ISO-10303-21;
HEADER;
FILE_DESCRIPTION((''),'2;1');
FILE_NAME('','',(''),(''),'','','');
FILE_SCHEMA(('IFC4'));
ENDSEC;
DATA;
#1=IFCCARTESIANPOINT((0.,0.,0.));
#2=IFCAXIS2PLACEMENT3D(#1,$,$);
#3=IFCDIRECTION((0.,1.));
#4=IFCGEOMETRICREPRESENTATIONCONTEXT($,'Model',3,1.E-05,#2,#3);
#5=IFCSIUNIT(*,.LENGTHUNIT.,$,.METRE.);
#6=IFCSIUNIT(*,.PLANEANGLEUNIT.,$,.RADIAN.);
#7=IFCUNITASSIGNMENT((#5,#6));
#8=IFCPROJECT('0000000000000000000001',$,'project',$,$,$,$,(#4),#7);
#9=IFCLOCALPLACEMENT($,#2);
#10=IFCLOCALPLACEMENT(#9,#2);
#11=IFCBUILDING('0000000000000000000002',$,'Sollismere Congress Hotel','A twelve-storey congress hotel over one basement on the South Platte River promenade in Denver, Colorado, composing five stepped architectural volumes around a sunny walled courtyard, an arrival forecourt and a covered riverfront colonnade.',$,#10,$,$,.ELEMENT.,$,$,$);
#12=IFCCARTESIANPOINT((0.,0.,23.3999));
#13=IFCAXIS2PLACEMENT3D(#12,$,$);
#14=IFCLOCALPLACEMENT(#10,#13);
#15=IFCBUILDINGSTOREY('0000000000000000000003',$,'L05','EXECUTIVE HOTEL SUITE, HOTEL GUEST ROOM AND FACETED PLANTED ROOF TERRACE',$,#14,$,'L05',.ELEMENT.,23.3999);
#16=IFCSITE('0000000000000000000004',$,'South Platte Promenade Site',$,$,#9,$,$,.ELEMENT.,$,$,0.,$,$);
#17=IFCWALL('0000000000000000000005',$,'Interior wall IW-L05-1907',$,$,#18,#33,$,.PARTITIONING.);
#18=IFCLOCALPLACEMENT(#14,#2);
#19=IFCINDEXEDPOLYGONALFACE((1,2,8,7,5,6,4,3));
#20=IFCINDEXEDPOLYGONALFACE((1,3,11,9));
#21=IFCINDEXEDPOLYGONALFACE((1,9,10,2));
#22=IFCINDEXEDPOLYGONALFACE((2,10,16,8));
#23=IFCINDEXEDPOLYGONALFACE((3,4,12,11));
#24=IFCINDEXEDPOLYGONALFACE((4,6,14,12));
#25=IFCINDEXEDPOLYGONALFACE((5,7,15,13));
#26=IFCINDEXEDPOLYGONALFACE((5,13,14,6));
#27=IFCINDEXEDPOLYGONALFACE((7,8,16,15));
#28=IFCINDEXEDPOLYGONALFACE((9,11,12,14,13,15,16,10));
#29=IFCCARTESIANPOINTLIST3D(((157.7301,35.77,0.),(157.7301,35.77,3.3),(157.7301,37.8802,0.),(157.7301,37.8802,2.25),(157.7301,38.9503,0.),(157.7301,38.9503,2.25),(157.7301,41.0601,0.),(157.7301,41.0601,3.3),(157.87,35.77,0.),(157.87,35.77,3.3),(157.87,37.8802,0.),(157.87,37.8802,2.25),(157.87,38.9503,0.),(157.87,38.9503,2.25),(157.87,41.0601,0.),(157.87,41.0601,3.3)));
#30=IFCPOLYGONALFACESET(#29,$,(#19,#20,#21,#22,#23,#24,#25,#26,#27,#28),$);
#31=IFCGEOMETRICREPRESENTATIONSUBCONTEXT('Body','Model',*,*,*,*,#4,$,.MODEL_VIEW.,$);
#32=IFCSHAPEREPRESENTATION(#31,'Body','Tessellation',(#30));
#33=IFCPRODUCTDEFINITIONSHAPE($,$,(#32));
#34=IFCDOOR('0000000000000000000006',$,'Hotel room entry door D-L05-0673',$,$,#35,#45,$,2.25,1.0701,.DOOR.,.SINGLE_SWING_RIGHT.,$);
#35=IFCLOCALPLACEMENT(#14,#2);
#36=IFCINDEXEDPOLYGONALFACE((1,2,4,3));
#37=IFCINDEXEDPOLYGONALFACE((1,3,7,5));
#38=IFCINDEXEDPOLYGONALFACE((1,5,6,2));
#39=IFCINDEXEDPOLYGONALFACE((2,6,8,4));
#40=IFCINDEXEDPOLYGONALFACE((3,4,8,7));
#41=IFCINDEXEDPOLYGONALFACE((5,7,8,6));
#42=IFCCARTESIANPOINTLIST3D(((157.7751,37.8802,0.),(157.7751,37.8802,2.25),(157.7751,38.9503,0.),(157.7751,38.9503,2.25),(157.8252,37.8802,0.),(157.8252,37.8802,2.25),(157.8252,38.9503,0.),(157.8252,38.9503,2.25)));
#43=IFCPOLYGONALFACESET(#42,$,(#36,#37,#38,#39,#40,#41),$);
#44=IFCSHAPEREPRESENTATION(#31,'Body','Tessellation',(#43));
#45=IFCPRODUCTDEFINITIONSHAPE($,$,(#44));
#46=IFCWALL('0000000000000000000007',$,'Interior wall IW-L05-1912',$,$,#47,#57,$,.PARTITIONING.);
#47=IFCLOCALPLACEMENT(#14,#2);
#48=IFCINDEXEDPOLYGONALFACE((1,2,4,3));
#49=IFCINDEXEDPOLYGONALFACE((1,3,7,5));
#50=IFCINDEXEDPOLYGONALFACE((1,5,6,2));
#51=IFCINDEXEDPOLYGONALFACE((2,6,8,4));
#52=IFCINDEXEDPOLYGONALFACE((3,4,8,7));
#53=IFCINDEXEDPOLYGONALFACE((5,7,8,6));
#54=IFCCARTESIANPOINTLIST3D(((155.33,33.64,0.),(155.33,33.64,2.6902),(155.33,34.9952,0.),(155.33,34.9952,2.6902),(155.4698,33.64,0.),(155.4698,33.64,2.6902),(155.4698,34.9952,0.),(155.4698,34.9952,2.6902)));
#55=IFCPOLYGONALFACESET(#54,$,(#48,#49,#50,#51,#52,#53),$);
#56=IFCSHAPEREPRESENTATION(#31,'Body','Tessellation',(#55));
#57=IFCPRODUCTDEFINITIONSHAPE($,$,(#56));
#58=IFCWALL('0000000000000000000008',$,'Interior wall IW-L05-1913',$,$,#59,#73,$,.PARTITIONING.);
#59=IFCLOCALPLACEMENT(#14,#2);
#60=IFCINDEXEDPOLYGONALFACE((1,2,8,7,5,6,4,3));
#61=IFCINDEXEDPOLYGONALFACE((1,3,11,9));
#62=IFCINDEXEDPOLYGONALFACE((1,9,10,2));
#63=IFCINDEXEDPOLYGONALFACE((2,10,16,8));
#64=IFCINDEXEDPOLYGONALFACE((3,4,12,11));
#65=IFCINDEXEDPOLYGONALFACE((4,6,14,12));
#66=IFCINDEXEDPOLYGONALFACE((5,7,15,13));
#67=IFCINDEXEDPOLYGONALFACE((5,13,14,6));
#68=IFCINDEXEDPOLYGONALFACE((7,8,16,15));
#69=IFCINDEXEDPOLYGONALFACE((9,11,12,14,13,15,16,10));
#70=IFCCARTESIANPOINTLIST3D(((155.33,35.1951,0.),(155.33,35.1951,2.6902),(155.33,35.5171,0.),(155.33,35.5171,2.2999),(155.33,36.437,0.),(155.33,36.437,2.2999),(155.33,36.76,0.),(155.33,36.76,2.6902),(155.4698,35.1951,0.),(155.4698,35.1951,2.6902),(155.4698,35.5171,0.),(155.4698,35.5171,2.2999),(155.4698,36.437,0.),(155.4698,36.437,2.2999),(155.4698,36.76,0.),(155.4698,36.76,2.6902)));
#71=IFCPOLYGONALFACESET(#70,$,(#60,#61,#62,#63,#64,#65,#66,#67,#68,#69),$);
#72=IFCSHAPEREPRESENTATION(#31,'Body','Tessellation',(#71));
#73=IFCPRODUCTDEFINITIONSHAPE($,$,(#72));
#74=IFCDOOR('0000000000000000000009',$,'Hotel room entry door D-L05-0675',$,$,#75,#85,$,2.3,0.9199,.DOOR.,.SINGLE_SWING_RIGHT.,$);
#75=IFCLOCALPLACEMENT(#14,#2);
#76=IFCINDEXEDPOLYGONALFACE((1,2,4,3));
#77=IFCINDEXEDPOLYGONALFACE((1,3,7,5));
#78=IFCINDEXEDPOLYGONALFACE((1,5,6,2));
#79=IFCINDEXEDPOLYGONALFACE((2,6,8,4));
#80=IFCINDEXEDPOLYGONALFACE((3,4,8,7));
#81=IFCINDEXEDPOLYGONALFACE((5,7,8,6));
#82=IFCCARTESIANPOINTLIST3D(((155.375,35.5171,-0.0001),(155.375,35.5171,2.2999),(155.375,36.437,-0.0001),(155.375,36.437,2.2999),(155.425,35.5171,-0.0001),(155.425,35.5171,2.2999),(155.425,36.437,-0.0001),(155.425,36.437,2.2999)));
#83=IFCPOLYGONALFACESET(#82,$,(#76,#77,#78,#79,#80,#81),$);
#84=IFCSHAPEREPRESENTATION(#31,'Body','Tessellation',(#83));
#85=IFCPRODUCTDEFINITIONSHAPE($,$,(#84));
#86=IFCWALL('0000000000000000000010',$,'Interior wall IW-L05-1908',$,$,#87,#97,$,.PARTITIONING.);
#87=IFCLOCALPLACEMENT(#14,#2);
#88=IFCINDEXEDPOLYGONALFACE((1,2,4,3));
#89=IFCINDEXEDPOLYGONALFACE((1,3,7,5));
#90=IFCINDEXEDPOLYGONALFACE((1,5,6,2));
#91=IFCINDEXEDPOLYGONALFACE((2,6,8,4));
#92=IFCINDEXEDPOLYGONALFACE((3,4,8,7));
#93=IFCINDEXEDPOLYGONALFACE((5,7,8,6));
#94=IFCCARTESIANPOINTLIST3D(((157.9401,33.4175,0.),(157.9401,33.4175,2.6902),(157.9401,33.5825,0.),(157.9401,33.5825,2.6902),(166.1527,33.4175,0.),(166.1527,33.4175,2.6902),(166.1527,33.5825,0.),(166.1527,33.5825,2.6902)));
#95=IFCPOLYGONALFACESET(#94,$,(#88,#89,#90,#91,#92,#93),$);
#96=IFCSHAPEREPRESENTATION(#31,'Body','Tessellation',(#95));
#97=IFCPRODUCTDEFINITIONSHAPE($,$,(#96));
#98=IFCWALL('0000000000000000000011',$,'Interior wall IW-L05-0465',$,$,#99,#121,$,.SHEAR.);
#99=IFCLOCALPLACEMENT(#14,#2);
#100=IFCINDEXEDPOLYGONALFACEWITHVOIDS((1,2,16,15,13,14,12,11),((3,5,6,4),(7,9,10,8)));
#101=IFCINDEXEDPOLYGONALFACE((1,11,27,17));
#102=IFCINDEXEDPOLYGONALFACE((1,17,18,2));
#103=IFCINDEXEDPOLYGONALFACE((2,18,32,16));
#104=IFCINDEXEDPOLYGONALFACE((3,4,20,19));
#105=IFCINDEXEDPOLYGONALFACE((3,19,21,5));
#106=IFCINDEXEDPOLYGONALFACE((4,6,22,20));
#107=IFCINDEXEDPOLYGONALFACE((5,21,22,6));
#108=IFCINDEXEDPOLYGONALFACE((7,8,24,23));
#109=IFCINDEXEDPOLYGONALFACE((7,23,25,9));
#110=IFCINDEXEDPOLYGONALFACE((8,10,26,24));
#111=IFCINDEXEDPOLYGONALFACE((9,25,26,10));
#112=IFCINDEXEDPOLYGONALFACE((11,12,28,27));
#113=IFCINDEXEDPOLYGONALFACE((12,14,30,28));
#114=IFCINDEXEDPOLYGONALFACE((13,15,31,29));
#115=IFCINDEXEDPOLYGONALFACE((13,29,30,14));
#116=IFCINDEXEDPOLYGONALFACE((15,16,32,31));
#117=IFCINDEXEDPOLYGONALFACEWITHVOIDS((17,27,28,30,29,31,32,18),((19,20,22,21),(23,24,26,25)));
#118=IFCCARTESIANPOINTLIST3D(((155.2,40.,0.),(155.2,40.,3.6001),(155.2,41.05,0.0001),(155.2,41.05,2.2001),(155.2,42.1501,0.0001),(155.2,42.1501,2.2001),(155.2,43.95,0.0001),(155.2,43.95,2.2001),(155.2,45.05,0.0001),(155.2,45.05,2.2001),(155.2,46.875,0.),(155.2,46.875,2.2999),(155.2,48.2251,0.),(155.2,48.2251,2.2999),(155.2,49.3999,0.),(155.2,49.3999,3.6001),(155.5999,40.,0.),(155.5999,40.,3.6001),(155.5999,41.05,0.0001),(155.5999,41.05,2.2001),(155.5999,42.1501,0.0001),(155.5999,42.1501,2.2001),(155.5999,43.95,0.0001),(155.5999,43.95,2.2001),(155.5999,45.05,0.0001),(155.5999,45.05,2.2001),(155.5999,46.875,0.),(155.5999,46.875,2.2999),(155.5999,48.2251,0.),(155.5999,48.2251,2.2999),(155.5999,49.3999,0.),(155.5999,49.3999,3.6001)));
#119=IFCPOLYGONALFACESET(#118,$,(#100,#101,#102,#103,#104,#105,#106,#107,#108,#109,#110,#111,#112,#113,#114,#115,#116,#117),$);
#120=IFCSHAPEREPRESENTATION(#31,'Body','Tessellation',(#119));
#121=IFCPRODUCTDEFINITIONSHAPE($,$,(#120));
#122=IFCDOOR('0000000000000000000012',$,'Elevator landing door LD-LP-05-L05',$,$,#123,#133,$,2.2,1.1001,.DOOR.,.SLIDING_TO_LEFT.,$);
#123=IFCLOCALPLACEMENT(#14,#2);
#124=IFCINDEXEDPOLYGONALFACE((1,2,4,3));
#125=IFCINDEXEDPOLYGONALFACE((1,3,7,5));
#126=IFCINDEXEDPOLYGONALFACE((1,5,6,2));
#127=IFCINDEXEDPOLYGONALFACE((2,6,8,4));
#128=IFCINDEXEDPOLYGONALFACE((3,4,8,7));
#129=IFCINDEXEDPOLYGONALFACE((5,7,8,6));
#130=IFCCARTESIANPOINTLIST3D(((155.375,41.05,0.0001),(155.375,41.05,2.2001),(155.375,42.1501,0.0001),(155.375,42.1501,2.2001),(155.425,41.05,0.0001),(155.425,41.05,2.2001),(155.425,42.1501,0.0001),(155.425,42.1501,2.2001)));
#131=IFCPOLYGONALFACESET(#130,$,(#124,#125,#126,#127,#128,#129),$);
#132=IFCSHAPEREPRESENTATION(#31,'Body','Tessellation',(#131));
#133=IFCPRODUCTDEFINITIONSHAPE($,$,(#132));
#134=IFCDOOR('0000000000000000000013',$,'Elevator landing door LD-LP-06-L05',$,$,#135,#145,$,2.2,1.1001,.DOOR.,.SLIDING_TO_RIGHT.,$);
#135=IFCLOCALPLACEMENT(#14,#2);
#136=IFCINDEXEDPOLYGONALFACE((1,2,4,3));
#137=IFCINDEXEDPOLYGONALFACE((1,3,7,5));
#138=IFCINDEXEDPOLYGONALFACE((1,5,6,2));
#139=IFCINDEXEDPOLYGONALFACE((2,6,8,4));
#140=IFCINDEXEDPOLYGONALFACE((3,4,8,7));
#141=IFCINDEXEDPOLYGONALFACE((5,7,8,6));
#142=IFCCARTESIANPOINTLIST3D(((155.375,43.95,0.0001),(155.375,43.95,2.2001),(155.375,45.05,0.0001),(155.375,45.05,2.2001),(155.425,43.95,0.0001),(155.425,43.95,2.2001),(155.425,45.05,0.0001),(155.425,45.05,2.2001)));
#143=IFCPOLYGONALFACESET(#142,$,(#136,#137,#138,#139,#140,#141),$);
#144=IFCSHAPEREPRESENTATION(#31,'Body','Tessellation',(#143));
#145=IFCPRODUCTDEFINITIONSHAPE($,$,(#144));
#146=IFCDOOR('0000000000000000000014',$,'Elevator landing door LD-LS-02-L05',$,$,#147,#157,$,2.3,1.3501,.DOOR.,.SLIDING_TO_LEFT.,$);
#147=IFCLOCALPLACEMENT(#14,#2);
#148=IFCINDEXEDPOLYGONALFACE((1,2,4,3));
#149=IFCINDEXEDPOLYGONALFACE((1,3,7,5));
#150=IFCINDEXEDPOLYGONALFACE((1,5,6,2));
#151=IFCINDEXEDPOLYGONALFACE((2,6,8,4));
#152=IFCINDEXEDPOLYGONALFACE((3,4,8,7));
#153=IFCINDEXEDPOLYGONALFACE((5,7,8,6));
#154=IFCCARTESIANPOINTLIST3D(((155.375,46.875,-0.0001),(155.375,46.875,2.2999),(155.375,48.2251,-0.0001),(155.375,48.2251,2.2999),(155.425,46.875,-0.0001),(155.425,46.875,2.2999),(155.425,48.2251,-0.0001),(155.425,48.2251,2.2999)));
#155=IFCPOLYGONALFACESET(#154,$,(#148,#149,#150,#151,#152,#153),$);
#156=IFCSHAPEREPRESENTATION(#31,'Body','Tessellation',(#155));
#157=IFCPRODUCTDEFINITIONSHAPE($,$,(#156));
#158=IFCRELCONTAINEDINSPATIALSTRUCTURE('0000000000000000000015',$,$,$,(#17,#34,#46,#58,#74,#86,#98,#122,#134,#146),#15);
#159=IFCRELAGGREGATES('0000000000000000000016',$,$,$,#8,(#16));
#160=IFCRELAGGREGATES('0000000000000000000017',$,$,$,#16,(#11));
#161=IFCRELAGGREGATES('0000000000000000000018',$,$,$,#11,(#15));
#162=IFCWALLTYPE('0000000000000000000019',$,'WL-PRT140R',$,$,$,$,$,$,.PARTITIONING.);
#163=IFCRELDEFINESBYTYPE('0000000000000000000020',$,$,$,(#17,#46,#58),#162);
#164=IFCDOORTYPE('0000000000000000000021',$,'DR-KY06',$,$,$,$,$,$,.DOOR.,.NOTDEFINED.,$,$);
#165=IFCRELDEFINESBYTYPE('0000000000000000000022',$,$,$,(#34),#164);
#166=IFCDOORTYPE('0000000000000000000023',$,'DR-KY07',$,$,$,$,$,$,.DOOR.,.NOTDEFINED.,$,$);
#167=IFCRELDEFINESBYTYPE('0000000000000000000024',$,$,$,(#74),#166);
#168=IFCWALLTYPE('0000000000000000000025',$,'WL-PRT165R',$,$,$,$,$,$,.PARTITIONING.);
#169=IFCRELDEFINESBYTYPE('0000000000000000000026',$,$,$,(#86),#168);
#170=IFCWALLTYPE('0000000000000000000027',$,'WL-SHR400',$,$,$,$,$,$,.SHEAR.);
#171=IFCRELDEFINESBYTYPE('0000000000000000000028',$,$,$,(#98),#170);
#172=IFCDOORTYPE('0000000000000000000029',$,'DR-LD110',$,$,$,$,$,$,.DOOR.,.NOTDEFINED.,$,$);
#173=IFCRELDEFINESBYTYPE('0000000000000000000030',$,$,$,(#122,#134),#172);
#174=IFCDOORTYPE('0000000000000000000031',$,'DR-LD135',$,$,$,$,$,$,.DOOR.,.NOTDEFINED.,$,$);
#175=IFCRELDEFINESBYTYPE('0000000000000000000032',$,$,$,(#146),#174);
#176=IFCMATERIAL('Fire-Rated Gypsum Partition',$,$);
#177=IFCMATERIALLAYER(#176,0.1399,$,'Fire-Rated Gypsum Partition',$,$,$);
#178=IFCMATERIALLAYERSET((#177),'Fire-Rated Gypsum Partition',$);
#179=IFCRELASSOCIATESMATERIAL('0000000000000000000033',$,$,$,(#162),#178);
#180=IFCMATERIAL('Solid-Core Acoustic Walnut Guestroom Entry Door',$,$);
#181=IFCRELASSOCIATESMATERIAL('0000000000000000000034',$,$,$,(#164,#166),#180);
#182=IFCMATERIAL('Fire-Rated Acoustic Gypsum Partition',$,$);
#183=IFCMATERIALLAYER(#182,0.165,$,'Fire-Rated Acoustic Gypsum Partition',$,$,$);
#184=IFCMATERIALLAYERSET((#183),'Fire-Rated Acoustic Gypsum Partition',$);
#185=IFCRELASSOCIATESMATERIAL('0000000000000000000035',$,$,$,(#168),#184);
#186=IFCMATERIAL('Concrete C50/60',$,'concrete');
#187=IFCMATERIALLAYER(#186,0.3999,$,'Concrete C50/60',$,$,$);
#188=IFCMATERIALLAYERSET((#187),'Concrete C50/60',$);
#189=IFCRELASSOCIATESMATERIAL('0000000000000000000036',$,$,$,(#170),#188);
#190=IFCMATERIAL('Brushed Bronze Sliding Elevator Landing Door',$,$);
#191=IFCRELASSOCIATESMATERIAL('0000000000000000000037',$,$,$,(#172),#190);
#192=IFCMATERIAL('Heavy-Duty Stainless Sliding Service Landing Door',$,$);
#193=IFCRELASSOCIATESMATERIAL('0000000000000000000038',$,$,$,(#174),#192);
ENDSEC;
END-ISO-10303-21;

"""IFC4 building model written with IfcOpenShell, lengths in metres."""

from ifc_helpers import new_model, si_unit, direction, frame, frame_2d, origin, place, context, subcontext, project, spatial, rectangle, extrude, material, layer, layer_set, type_object, element, fill, save


model = new_model("IFC4")

# Units and contexts
model_context = context("Model", 3, precision=1e-05, world=origin(), true_north=direction((0.0, 1.0)))
body_context = subcontext(model_context, "Body", "Model", "MODEL_VIEW")
ifc_project = project(units=[si_unit("LENGTHUNIT", "METRE"), si_unit("PLANEANGLEUNIT", "RADIAN")], contexts=[model_context])

# Site, building, storey
site_placement = place(None, origin())
site = spatial("IfcSite", under=ifc_project, at=site_placement, Name="South Platte Promenade Site", CompositionType="ELEMENT", RefElevation=0.0)
building_placement = place(site_placement, origin())
building = spatial("IfcBuilding", under=site, at=building_placement, Name="Sollismere Congress Hotel", Description="A twelve-storey congress hotel over one basement on the South Platte River promenade in Denver, Colorado, composing five stepped architectural volumes around a sunny walled courtyard, an arrival forecourt and a covered riverfront colonnade.", CompositionType="ELEMENT")
storey_placement = place(building_placement, frame((0.0, 0.0, 23.3999)))
storey = spatial("IfcBuildingStorey", under=building, at=storey_placement, Name="L05", Description="EXECUTIVE HOTEL SUITE, HOTEL GUEST ROOM AND FACETED PLANTED ROOF TERRACE", LongName="L05", CompositionType="ELEMENT", Elevation=23.3999)

# Shared definitions
ifc_material_1 = material(Name="Fire-Rated Gypsum Partition")
ifc_layer_1 = layer(ifc_material_1, 0.1399, Name="Fire-Rated Gypsum Partition")
ifc_layer_set_1 = layer_set([ifc_layer_1], Name="Fire-Rated Gypsum Partition")
wall_type_1 = type_object("IfcWallType", Name="WL-PRT140R", PredefinedType="PARTITIONING", material=ifc_layer_set_1)

# Wall, opening, door
wall_1_placement = place(storey_placement, frame((157.8, 35.77, 0.0), z_axis=(0.0, 0.0, 1.0), x_axis=(0.0, 1.0, 0.0)))
wall_1 = element("IfcWall", 1, at=wall_1_placement, inside=storey, type_object=wall_type_1, Name="Interior wall IW-L05-1907", PredefinedType="PARTITIONING", context=body_context, shape_type="SweptSolid", body=[
    extrude(rectangle(XDim=5.29, YDim=0.1399, at=frame_2d((2.645, 0.0))), origin(), (0.0, 0.0, 1.0), 3.3),
])
opening_1_placement = place(wall_1_placement, frame((2.1101, 0.0, 0.0)))
opening_1 = element("IfcOpeningElement", 2, at=opening_1_placement, cuts=wall_1, PredefinedType="OPENING", context=body_context, shape_type="SweptSolid", body=[
    extrude(rectangle(XDim=1.0701, YDim=2.25, at=frame_2d((0.5352, 1.125))), frame((0.0, 0.0798, 0.0), z_axis=(0.0, -1.0, 0.0), x_axis=(1.0, 0.0, 0.0)), (0.0, 0.0, 1.0), 0.1599),
])
ifc_material_2 = material(Name="Solid-Core Acoustic Walnut Guestroom Entry Door")
door_type_1 = type_object("IfcDoorType", Name="DR-KY06", OperationType="NOTDEFINED", PredefinedType="DOOR", material=ifc_material_2)
door_1_placement = place(opening_1_placement, origin())
door_1 = element("IfcDoor", 3, at=door_1_placement, inside=storey, type_object=door_type_1, Name="Hotel room entry door D-L05-0673", OperationType="SINGLE_SWING_RIGHT", OverallHeight=2.25, OverallWidth=1.0701, PredefinedType="DOOR", context=body_context, shape_type="SweptSolid", body=[
    extrude(rectangle(XDim=1.0701, YDim=2.25, at=frame_2d((0.5352, 1.125))), frame((0.0, 0.0249, 0.0), z_axis=(0.0, -1.0, 0.0), x_axis=(1.0, 0.0, 0.0)), (0.0, 0.0, 1.0), 0.05),
])
fill(opening_1, door_1)

# Wall
wall_2_placement = place(storey_placement, frame((155.3999, 33.6399, 0.0), z_axis=(0.0, 0.0, 1.0), x_axis=(0.0, 1.0, 0.0)))
element("IfcWall", 4, at=wall_2_placement, inside=storey, type_object=wall_type_1, Name="Interior wall IW-L05-1912", PredefinedType="PARTITIONING", context=body_context, shape_type="SweptSolid", body=[
    extrude(rectangle(XDim=1.3552, YDim=0.1399, at=frame_2d((0.6777, 0.0))), origin(), (0.0, 0.0, 1.0), 2.6902),
])

# Wall, opening, door
wall_3_placement = place(storey_placement, frame((155.3999, 35.1951, 0.0), z_axis=(0.0, 0.0, 1.0), x_axis=(0.0, 1.0, 0.0)))
wall_3 = element("IfcWall", 5, at=wall_3_placement, inside=storey, type_object=wall_type_1, Name="Interior wall IW-L05-1913", PredefinedType="PARTITIONING", context=body_context, shape_type="SweptSolid", body=[
    extrude(rectangle(XDim=1.5649, YDim=0.1399, at=frame_2d((0.7825, 0.0))), origin(), (0.0, 0.0, 1.0), 2.6902),
])
opening_2_placement = place(wall_3_placement, frame((0.322, 0.0, 0.0)))
opening_2 = element("IfcOpeningElement", 6, at=opening_2_placement, cuts=wall_3, PredefinedType="OPENING", context=body_context, shape_type="SweptSolid", body=[
    extrude(rectangle(XDim=0.9199, YDim=2.3, at=frame_2d((0.46, 1.1499))), frame((0.0, 0.0798, 0.0), z_axis=(0.0, -1.0, 0.0), x_axis=(1.0, 0.0, 0.0)), (0.0, 0.0, 1.0), 0.1599),
])
door_type_2 = type_object("IfcDoorType", Name="DR-KY07", OperationType="NOTDEFINED", PredefinedType="DOOR", material=ifc_material_2)
door_2_placement = place(opening_2_placement, origin())
door_2 = element("IfcDoor", 7, at=door_2_placement, inside=storey, type_object=door_type_2, Name="Hotel room entry door D-L05-0675", OperationType="SINGLE_SWING_RIGHT", OverallHeight=2.3, OverallWidth=0.9199, PredefinedType="DOOR", context=body_context, shape_type="SweptSolid", body=[
    extrude(rectangle(XDim=0.9199, YDim=2.3, at=frame_2d((0.46, 1.1499))), frame((0.0, 0.0249, 0.0), z_axis=(0.0, -1.0, 0.0), x_axis=(1.0, 0.0, 0.0)), (0.0, 0.0, 1.0), 0.05),
])
fill(opening_2, door_2)

# Wall
ifc_material_3 = material(Name="Fire-Rated Acoustic Gypsum Partition")
ifc_layer_2 = layer(ifc_material_3, 0.165, Name="Fire-Rated Acoustic Gypsum Partition")
ifc_layer_set_2 = layer_set([ifc_layer_2], Name="Fire-Rated Acoustic Gypsum Partition")
wall_type_2 = type_object("IfcWallType", Name="WL-PRT165R", PredefinedType="PARTITIONING", material=ifc_layer_set_2)
wall_4_placement = place(storey_placement, frame((157.9399, 33.5, 0.0), z_axis=(0.0, 0.0, 1.0), x_axis=(1.0, 0.0, 0.0)))
element("IfcWall", 8, at=wall_4_placement, inside=storey, type_object=wall_type_2, Name="Interior wall IW-L05-1908", PredefinedType="PARTITIONING", context=body_context, shape_type="SweptSolid", body=[
    extrude(rectangle(XDim=8.2126, YDim=0.165, at=frame_2d((4.1064, 0.0))), origin(), (0.0, 0.0, 1.0), 2.6902),
])

# Wall, openings, doors
ifc_material_4 = material(Name="Concrete C50/60", Category="concrete")
ifc_layer_3 = layer(ifc_material_4, 0.3999, Name="Concrete C50/60")
ifc_layer_set_3 = layer_set([ifc_layer_3], Name="Concrete C50/60")
wall_type_3 = type_object("IfcWallType", Name="WL-SHR400", PredefinedType="SHEAR", material=ifc_layer_set_3)
wall_5_placement = place(storey_placement, frame((155.3999, 40.0, 0.0), z_axis=(0.0, 0.0, 1.0), x_axis=(0.0, 1.0, 0.0)))
wall_5 = element("IfcWall", 9, at=wall_5_placement, inside=storey, type_object=wall_type_3, Name="Interior wall IW-L05-0465", PredefinedType="SHEAR", context=body_context, shape_type="SweptSolid", body=[
    extrude(rectangle(XDim=9.3999, YDim=0.3999, at=frame_2d((4.7, 0.0))), origin(), (0.0, 0.0, 1.0), 3.6001),
])
opening_3_placement = place(wall_5_placement, frame((1.05, 0.0, 0.0)))
opening_3 = element("IfcOpeningElement", 10, at=opening_3_placement, cuts=wall_5, PredefinedType="OPENING", context=body_context, shape_type="SweptSolid", body=[
    extrude(rectangle(XDim=1.1001, YDim=2.2, at=frame_2d((0.55, 1.1001))), frame((0.0, 0.21, 0.0), z_axis=(0.0, -1.0, 0.0), x_axis=(1.0, 0.0, 0.0)), (0.0, 0.0, 1.0), 0.4199),
])
opening_4_placement = place(wall_5_placement, frame((3.95, 0.0, 0.0)))
opening_4 = element("IfcOpeningElement", 11, at=opening_4_placement, cuts=wall_5, PredefinedType="OPENING", context=body_context, shape_type="SweptSolid", body=[
    extrude(rectangle(XDim=1.1001, YDim=2.2, at=frame_2d((0.55, 1.1001))), frame((0.0, 0.21, 0.0), z_axis=(0.0, -1.0, 0.0), x_axis=(1.0, 0.0, 0.0)), (0.0, 0.0, 1.0), 0.4199),
])
opening_5_placement = place(wall_5_placement, frame((6.875, 0.0, 0.0)))
opening_5 = element("IfcOpeningElement", 12, at=opening_5_placement, cuts=wall_5, PredefinedType="OPENING", context=body_context, shape_type="SweptSolid", body=[
    extrude(rectangle(XDim=1.3501, YDim=2.3, at=frame_2d((0.675, 1.1499))), frame((0.0, 0.21, 0.0), z_axis=(0.0, -1.0, 0.0), x_axis=(1.0, 0.0, 0.0)), (0.0, 0.0, 1.0), 0.4199),
])
ifc_material_5 = material(Name="Brushed Bronze Sliding Elevator Landing Door")
door_type_3 = type_object("IfcDoorType", Name="DR-LD110", OperationType="NOTDEFINED", PredefinedType="DOOR", material=ifc_material_5)
door_3_placement = place(opening_3_placement, origin())
door_3 = element("IfcDoor", 13, at=door_3_placement, inside=storey, type_object=door_type_3, Name="Elevator landing door LD-LP-05-L05", OperationType="SLIDING_TO_LEFT", OverallHeight=2.2, OverallWidth=1.1001, PredefinedType="DOOR", context=body_context, shape_type="SweptSolid", body=[
    extrude(rectangle(XDim=1.1001, YDim=2.2, at=frame_2d((0.55, 1.1001))), frame((0.0, 0.0249, 0.0), z_axis=(0.0, -1.0, 0.0), x_axis=(1.0, 0.0, 0.0)), (0.0, 0.0, 1.0), 0.05),
])
fill(opening_3, door_3)
door_4_placement = place(opening_4_placement, origin())
door_4 = element("IfcDoor", 14, at=door_4_placement, inside=storey, type_object=door_type_3, Name="Elevator landing door LD-LP-06-L05", OperationType="SLIDING_TO_RIGHT", OverallHeight=2.2, OverallWidth=1.1001, PredefinedType="DOOR", context=body_context, shape_type="SweptSolid", body=[
    extrude(rectangle(XDim=1.1001, YDim=2.2, at=frame_2d((0.55, 1.1001))), frame((0.0, 0.0249, 0.0), z_axis=(0.0, -1.0, 0.0), x_axis=(1.0, 0.0, 0.0)), (0.0, 0.0, 1.0), 0.05),
])
fill(opening_4, door_4)
ifc_material_6 = material(Name="Heavy-Duty Stainless Sliding Service Landing Door")
door_type_4 = type_object("IfcDoorType", Name="DR-LD135", OperationType="NOTDEFINED", PredefinedType="DOOR", material=ifc_material_6)
door_5_placement = place(opening_5_placement, origin())
door_5 = element("IfcDoor", 15, at=door_5_placement, inside=storey, type_object=door_type_4, Name="Elevator landing door LD-LS-02-L05", OperationType="SLIDING_TO_LEFT", OverallHeight=2.3, OverallWidth=1.3501, PredefinedType="DOOR", context=body_context, shape_type="SweptSolid", body=[
    extrude(rectangle(XDim=1.3501, YDim=2.3, at=frame_2d((0.675, 1.1499))), frame((0.0, 0.0249, 0.0), z_axis=(0.0, -1.0, 0.0), x_axis=(1.0, 0.0, 0.0)), (0.0, 0.0, 1.0), 0.05),
])
fill(opening_5, door_5)

save(model, "model.ifc")
